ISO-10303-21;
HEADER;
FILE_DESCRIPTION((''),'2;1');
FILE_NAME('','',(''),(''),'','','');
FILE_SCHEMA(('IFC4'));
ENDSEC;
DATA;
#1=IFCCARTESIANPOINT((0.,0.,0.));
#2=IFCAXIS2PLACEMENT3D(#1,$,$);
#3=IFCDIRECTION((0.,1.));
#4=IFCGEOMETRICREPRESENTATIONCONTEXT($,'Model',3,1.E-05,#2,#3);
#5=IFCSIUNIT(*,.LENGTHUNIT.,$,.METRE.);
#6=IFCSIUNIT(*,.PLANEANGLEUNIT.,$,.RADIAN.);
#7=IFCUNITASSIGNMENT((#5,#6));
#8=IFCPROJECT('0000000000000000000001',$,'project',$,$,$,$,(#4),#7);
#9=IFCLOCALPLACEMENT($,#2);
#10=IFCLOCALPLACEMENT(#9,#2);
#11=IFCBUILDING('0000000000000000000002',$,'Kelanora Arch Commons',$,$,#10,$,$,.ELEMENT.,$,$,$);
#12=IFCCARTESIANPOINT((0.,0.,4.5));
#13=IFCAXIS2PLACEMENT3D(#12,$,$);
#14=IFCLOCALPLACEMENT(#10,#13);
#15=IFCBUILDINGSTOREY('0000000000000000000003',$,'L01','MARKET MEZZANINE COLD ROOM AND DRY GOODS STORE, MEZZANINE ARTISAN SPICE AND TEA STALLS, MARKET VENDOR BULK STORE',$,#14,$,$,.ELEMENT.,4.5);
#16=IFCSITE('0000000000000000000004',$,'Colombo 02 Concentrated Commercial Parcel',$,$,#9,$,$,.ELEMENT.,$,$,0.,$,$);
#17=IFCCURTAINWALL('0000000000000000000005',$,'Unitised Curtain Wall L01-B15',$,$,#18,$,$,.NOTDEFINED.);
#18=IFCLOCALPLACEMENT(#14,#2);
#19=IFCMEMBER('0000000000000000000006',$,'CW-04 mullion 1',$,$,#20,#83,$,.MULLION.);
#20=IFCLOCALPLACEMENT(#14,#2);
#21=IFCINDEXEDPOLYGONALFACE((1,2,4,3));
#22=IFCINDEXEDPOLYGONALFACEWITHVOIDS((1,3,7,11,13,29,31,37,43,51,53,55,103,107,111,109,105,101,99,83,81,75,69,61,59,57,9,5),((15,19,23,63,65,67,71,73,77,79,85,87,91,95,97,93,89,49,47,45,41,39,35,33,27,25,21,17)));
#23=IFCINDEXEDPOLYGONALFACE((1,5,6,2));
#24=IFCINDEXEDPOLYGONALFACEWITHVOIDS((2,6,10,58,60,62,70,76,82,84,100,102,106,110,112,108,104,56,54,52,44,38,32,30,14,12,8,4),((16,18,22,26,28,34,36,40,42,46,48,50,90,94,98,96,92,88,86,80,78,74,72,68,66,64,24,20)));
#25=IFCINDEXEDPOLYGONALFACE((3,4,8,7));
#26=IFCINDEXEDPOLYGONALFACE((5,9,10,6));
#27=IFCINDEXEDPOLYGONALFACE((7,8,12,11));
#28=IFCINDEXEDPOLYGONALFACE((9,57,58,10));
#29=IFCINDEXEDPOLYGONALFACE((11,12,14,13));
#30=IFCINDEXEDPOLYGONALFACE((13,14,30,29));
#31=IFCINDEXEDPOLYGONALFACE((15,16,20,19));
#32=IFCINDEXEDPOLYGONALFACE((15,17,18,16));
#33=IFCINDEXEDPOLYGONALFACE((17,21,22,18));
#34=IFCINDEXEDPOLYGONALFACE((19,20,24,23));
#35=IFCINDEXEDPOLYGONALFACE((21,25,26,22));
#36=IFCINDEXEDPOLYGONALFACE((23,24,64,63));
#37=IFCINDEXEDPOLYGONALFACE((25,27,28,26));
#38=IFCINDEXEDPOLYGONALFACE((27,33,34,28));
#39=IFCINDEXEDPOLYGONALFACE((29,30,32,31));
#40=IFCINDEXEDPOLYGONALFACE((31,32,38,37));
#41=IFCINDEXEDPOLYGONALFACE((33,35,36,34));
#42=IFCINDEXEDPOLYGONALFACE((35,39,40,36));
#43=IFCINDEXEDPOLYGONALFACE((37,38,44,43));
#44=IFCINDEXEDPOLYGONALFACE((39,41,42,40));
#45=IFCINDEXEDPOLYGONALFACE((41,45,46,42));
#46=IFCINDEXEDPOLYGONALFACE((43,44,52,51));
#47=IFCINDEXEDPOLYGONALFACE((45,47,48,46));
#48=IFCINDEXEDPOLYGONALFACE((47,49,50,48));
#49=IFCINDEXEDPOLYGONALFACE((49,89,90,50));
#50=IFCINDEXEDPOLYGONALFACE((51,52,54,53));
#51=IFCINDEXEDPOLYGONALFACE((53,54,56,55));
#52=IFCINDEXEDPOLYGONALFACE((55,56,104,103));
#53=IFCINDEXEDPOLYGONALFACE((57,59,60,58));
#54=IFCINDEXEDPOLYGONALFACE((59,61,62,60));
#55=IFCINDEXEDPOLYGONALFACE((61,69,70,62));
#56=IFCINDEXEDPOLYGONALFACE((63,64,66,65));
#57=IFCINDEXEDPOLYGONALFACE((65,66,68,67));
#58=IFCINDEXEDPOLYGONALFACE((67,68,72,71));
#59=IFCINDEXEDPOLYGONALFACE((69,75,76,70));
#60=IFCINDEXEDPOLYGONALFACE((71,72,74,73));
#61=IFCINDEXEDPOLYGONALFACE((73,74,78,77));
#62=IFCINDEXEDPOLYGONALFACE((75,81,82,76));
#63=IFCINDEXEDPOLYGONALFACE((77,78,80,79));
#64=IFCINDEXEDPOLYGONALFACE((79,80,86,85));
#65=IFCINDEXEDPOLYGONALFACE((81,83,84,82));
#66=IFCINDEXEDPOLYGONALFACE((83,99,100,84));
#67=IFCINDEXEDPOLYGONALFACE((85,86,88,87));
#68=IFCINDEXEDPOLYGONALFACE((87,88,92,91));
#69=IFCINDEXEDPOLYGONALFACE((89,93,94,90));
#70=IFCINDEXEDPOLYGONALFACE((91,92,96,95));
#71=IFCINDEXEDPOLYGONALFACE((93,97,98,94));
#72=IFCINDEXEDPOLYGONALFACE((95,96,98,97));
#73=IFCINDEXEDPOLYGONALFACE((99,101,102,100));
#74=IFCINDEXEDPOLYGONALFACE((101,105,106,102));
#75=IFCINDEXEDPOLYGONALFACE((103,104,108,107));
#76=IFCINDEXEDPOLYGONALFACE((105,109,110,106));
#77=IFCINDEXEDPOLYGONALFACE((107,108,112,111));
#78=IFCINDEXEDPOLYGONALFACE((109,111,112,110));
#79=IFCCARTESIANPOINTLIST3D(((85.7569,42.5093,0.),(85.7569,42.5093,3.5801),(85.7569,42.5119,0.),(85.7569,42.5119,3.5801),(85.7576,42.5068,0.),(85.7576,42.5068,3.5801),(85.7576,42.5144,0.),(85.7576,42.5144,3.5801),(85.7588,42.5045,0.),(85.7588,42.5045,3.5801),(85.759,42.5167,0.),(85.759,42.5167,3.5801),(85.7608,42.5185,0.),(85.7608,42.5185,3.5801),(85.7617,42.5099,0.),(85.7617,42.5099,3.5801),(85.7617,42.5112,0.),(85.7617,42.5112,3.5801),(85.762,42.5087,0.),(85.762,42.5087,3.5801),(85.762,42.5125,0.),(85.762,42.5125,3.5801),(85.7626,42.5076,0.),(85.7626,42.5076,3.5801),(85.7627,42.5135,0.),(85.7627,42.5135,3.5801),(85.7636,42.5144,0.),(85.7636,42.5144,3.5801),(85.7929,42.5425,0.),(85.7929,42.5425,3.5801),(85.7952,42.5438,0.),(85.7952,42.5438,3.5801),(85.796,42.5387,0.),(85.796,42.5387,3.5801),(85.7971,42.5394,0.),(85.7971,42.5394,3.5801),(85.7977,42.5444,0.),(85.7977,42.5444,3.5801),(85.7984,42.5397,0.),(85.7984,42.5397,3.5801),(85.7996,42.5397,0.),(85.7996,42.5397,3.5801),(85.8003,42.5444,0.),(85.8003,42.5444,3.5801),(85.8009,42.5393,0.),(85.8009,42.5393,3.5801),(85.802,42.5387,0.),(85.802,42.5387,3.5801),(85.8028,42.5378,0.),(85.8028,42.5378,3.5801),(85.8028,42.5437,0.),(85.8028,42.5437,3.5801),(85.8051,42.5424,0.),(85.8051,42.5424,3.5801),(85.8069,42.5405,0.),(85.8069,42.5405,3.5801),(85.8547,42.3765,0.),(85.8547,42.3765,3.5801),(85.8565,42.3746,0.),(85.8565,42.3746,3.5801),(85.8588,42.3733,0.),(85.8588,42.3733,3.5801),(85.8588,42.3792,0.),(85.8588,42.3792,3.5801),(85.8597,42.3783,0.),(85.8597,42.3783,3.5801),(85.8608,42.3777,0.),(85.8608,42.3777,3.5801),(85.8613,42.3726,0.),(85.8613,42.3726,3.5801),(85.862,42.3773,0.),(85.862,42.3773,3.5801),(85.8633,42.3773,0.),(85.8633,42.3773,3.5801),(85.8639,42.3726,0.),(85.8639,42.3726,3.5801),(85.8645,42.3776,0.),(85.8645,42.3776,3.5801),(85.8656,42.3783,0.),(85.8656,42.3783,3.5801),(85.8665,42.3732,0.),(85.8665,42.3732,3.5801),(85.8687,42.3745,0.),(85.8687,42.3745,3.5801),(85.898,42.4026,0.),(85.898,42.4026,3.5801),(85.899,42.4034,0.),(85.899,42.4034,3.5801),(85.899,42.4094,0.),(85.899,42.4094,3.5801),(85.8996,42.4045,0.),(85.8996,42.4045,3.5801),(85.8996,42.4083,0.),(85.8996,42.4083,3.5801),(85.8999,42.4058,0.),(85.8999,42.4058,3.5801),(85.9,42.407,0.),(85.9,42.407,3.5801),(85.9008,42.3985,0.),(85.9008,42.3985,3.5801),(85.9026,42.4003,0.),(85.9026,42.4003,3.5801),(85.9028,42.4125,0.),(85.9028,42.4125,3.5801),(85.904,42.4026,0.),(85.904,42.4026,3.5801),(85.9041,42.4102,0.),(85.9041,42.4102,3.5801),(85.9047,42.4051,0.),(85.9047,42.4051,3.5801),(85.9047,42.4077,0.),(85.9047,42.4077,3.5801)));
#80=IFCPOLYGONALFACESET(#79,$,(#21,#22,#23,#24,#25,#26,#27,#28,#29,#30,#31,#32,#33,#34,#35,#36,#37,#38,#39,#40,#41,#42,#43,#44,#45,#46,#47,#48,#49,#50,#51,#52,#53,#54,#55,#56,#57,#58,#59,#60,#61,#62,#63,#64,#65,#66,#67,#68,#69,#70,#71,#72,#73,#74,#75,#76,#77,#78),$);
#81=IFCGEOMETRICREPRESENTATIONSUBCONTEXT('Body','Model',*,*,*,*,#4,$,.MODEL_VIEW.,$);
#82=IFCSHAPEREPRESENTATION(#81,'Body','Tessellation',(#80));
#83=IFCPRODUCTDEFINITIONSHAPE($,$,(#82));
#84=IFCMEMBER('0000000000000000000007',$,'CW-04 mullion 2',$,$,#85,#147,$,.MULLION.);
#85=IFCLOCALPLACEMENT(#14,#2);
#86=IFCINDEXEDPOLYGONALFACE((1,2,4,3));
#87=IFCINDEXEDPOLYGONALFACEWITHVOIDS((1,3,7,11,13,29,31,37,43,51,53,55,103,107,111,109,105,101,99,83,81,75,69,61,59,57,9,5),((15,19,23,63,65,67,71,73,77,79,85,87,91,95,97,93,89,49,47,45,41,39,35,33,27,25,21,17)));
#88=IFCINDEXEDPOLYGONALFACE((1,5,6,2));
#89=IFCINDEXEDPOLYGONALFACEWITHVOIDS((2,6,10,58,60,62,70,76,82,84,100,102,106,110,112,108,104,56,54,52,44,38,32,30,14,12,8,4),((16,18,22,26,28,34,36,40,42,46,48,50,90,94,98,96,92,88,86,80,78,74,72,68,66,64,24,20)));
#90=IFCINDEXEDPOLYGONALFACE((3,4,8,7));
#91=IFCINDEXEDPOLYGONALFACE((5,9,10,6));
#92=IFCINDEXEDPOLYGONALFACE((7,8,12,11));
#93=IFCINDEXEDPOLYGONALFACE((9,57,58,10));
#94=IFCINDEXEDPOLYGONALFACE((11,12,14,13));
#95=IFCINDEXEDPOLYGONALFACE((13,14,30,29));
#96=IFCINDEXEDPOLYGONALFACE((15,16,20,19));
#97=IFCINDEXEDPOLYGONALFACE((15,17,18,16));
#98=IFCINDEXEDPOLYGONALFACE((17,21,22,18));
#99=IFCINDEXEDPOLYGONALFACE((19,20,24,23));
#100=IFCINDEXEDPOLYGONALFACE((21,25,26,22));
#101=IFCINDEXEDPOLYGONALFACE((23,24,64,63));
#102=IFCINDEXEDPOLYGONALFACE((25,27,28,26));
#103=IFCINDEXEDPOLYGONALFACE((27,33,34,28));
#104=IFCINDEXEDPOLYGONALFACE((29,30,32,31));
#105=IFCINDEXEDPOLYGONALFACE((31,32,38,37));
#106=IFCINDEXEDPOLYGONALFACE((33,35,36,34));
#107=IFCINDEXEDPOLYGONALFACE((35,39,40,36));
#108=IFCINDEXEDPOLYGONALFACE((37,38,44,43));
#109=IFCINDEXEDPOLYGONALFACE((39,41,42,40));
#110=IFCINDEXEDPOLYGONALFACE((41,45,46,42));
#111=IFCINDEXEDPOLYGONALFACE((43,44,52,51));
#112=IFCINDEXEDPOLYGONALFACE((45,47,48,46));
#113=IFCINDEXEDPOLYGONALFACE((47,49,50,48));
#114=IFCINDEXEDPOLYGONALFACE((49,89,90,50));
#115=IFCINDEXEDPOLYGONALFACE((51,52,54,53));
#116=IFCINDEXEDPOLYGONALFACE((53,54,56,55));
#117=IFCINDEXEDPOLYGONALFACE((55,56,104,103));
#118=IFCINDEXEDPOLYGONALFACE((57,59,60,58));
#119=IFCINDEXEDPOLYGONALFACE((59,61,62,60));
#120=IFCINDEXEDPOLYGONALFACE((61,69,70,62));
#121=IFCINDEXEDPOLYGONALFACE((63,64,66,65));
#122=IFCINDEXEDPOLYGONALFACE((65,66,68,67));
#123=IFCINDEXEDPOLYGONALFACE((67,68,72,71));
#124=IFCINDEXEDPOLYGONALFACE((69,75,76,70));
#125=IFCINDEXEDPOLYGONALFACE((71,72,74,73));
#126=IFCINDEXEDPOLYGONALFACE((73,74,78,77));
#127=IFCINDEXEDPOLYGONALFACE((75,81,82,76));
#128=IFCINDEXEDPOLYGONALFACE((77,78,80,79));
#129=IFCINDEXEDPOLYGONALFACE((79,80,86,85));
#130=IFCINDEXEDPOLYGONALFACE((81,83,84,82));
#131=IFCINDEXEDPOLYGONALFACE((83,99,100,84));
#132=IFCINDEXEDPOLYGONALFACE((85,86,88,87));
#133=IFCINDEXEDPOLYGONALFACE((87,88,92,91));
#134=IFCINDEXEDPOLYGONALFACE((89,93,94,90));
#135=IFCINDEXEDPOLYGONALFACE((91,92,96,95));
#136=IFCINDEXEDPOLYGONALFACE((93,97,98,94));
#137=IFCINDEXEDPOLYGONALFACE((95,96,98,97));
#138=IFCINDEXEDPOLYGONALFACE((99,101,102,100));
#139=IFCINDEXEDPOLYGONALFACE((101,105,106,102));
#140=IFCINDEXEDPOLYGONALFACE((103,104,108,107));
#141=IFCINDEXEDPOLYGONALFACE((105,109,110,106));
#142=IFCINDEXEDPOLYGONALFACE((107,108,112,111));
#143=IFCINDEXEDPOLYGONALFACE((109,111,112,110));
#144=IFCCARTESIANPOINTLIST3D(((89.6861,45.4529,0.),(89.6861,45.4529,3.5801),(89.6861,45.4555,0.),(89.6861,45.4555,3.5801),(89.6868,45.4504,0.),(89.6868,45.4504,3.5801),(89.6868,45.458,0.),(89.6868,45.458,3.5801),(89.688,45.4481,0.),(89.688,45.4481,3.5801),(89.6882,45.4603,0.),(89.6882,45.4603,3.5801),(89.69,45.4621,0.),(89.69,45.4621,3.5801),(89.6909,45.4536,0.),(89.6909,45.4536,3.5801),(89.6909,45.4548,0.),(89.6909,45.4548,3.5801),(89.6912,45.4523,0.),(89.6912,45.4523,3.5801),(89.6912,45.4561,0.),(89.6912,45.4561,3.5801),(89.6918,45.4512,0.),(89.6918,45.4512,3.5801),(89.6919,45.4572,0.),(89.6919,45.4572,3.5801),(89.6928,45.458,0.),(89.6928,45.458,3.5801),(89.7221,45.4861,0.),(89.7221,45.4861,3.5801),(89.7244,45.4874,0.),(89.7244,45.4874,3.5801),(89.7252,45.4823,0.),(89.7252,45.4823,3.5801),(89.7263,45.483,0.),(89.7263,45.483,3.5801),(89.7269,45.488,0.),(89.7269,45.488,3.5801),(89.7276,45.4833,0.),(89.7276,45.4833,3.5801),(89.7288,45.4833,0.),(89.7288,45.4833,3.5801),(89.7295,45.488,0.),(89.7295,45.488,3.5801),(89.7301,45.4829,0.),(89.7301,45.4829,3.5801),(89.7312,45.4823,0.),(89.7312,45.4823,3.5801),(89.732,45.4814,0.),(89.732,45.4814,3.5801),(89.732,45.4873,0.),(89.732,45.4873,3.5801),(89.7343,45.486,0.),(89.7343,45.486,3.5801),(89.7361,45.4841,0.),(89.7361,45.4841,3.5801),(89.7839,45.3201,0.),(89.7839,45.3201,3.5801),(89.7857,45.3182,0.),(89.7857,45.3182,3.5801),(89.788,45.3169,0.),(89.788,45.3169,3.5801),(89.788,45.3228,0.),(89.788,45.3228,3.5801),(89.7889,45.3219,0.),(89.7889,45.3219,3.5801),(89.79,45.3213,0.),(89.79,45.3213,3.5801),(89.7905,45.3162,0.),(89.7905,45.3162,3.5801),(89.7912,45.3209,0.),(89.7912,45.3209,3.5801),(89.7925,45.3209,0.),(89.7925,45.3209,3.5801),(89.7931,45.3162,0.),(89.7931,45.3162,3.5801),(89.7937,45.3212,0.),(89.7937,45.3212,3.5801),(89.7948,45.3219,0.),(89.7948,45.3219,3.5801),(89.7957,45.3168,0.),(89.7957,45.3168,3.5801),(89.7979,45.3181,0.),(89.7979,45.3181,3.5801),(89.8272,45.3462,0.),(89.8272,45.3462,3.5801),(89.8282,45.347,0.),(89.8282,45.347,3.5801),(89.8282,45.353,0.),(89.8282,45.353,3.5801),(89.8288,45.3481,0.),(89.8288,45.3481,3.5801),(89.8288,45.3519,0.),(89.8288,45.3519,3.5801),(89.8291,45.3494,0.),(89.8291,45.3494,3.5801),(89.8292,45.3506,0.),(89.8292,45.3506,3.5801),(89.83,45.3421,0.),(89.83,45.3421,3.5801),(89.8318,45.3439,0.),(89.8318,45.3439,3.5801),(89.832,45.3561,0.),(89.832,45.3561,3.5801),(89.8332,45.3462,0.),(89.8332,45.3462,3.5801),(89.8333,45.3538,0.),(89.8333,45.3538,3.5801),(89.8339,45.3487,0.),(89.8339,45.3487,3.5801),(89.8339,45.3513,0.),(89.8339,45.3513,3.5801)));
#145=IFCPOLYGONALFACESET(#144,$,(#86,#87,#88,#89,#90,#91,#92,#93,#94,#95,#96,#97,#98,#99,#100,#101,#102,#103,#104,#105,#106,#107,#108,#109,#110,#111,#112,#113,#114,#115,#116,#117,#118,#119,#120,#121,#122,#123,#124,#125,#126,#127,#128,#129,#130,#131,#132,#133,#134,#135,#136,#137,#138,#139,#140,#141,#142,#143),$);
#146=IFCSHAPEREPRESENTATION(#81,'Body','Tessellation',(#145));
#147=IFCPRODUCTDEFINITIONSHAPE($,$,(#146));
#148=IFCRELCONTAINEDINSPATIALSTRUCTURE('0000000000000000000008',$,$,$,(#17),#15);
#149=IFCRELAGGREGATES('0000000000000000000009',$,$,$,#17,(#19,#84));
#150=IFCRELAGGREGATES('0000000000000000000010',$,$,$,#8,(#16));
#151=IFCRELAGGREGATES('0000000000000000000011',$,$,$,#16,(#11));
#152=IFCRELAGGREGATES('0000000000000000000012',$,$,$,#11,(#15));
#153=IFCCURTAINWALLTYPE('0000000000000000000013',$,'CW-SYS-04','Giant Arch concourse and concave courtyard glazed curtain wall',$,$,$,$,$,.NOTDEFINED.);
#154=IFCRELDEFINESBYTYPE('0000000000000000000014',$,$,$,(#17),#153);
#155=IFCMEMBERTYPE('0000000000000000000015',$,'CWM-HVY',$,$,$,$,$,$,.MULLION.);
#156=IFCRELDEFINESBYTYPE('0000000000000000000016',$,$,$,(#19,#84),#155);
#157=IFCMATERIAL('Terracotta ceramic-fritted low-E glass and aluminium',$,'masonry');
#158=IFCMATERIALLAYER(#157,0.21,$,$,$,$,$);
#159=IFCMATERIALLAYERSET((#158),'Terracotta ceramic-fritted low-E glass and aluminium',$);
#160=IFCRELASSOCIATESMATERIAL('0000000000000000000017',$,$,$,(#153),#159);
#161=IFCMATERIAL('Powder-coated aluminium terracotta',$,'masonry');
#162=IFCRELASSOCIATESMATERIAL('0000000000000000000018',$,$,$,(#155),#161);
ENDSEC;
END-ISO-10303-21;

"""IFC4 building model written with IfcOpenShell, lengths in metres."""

from ifc_helpers import new_model, si_unit, direction, frame, origin, origin_2d, place, context, subcontext, project, spatial, hollow_rectangle, extrude, material, layer, layer_set, material_profile, profile_set, type_object, element, aggregate, save


model = new_model("IFC4")

# Units and contexts
model_context = context("Model", 3, precision=1e-05, world=origin(), true_north=direction((0.0, 1.0)))
body_context = subcontext(model_context, "Body", "Model", "MODEL_VIEW")
ifc_project = project(units=[si_unit("LENGTHUNIT", "METRE"), si_unit("PLANEANGLEUNIT", "RADIAN")], contexts=[model_context])

# Site, building, storey
site_placement = place(None, origin())
site = spatial("IfcSite", under=ifc_project, at=site_placement, Name="Colombo 02 Concentrated Commercial Parcel", CompositionType="ELEMENT", RefElevation=0.0)
building_placement = place(site_placement, origin())
building = spatial("IfcBuilding", under=site, at=building_placement, Name="Kelanora Arch Commons", CompositionType="ELEMENT")
storey_placement = place(building_placement, frame((0.0, 0.0, 4.5)))
storey = spatial("IfcBuildingStorey", under=building, at=storey_placement, Name="L01", Description="MARKET MEZZANINE COLD ROOM AND DRY GOODS STORE, MEZZANINE ARTISAN SPICE AND TEA STALLS, MARKET VENDOR BULK STORE", CompositionType="ELEMENT", Elevation=4.5)

# Shared definitions
ifc_material_1 = material(Name="Terracotta ceramic-fritted low-E glass and aluminium", Category="masonry")
ifc_layer_1 = layer(ifc_material_1, 0.21)
ifc_layer_set_1 = layer_set([ifc_layer_1], Name="Terracotta ceramic-fritted low-E glass and aluminium")
curtain_wall_type = type_object("IfcCurtainWallType", Name="CW-SYS-04", Description="Giant Arch concourse and concave courtyard glazed curtain wall", PredefinedType="NOTDEFINED", material=ifc_layer_set_1)
ifc_material_2 = material(Name="Powder-coated aluminium terracotta", Category="masonry")
ifc_material_profile_1 = material_profile(ifc_material_2, hollow_rectangle(XDim=0.1799, YDim=0.0601, WallThickness=0.0049, InnerFilletRadius=0.0049, OuterFilletRadius=0.01, at=origin_2d()), Name="CWM180x60")
ifc_profile_set_1 = profile_set([ifc_material_profile_1], Name="Powder-coated aluminium terracotta")
member_type_1 = type_object("IfcMemberType", Name="CWM-HVY", PredefinedType="MULLION", material=ifc_profile_set_1)

# Curtain wall, members
curtain_wall_1_placement = place(storey_placement, origin())
curtain_wall_1 = element("IfcCurtainWall", 1, at=curtain_wall_1_placement, inside=storey, type_object=curtain_wall_type, Name="Unitised Curtain Wall L01-B15", PredefinedType="NOTDEFINED")
member_1_placement = place(storey_placement, frame((85.8308, 42.4585, 0.0), z_axis=(0.0, 0.0, 1.0), x_axis=(-0.599588, 0.800309, 0.0)))
member_1 = element("IfcMember", 2, at=member_1_placement, type_object=member_type_1, Name="CW-04 mullion 1", PredefinedType="MULLION", context=body_context, shape_type="SweptSolid", body=[
    extrude(hollow_rectangle(XDim=0.1799, YDim=0.0601, WallThickness=0.0049, InnerFilletRadius=0.0049, OuterFilletRadius=0.01, at=origin_2d()), origin(), (0.0, 0.0, 1.0), 3.5801),
])
member_2_placement = place(storey_placement, frame((89.76, 45.4021, 0.0), z_axis=(0.0, 0.0, 1.0), x_axis=(-0.599588, 0.800309, 0.0)))
member_2 = element("IfcMember", 3, at=member_2_placement, type_object=member_type_1, Name="CW-04 mullion 2", PredefinedType="MULLION", context=body_context, shape_type="SweptSolid", body=[
    extrude(hollow_rectangle(XDim=0.1799, YDim=0.0601, WallThickness=0.0049, InnerFilletRadius=0.0049, OuterFilletRadius=0.01, at=origin_2d()), origin(), (0.0, 0.0, 1.0), 3.5801),
])

aggregate(curtain_wall_1, [member_1, member_2])

save(model, "model.ifc")
